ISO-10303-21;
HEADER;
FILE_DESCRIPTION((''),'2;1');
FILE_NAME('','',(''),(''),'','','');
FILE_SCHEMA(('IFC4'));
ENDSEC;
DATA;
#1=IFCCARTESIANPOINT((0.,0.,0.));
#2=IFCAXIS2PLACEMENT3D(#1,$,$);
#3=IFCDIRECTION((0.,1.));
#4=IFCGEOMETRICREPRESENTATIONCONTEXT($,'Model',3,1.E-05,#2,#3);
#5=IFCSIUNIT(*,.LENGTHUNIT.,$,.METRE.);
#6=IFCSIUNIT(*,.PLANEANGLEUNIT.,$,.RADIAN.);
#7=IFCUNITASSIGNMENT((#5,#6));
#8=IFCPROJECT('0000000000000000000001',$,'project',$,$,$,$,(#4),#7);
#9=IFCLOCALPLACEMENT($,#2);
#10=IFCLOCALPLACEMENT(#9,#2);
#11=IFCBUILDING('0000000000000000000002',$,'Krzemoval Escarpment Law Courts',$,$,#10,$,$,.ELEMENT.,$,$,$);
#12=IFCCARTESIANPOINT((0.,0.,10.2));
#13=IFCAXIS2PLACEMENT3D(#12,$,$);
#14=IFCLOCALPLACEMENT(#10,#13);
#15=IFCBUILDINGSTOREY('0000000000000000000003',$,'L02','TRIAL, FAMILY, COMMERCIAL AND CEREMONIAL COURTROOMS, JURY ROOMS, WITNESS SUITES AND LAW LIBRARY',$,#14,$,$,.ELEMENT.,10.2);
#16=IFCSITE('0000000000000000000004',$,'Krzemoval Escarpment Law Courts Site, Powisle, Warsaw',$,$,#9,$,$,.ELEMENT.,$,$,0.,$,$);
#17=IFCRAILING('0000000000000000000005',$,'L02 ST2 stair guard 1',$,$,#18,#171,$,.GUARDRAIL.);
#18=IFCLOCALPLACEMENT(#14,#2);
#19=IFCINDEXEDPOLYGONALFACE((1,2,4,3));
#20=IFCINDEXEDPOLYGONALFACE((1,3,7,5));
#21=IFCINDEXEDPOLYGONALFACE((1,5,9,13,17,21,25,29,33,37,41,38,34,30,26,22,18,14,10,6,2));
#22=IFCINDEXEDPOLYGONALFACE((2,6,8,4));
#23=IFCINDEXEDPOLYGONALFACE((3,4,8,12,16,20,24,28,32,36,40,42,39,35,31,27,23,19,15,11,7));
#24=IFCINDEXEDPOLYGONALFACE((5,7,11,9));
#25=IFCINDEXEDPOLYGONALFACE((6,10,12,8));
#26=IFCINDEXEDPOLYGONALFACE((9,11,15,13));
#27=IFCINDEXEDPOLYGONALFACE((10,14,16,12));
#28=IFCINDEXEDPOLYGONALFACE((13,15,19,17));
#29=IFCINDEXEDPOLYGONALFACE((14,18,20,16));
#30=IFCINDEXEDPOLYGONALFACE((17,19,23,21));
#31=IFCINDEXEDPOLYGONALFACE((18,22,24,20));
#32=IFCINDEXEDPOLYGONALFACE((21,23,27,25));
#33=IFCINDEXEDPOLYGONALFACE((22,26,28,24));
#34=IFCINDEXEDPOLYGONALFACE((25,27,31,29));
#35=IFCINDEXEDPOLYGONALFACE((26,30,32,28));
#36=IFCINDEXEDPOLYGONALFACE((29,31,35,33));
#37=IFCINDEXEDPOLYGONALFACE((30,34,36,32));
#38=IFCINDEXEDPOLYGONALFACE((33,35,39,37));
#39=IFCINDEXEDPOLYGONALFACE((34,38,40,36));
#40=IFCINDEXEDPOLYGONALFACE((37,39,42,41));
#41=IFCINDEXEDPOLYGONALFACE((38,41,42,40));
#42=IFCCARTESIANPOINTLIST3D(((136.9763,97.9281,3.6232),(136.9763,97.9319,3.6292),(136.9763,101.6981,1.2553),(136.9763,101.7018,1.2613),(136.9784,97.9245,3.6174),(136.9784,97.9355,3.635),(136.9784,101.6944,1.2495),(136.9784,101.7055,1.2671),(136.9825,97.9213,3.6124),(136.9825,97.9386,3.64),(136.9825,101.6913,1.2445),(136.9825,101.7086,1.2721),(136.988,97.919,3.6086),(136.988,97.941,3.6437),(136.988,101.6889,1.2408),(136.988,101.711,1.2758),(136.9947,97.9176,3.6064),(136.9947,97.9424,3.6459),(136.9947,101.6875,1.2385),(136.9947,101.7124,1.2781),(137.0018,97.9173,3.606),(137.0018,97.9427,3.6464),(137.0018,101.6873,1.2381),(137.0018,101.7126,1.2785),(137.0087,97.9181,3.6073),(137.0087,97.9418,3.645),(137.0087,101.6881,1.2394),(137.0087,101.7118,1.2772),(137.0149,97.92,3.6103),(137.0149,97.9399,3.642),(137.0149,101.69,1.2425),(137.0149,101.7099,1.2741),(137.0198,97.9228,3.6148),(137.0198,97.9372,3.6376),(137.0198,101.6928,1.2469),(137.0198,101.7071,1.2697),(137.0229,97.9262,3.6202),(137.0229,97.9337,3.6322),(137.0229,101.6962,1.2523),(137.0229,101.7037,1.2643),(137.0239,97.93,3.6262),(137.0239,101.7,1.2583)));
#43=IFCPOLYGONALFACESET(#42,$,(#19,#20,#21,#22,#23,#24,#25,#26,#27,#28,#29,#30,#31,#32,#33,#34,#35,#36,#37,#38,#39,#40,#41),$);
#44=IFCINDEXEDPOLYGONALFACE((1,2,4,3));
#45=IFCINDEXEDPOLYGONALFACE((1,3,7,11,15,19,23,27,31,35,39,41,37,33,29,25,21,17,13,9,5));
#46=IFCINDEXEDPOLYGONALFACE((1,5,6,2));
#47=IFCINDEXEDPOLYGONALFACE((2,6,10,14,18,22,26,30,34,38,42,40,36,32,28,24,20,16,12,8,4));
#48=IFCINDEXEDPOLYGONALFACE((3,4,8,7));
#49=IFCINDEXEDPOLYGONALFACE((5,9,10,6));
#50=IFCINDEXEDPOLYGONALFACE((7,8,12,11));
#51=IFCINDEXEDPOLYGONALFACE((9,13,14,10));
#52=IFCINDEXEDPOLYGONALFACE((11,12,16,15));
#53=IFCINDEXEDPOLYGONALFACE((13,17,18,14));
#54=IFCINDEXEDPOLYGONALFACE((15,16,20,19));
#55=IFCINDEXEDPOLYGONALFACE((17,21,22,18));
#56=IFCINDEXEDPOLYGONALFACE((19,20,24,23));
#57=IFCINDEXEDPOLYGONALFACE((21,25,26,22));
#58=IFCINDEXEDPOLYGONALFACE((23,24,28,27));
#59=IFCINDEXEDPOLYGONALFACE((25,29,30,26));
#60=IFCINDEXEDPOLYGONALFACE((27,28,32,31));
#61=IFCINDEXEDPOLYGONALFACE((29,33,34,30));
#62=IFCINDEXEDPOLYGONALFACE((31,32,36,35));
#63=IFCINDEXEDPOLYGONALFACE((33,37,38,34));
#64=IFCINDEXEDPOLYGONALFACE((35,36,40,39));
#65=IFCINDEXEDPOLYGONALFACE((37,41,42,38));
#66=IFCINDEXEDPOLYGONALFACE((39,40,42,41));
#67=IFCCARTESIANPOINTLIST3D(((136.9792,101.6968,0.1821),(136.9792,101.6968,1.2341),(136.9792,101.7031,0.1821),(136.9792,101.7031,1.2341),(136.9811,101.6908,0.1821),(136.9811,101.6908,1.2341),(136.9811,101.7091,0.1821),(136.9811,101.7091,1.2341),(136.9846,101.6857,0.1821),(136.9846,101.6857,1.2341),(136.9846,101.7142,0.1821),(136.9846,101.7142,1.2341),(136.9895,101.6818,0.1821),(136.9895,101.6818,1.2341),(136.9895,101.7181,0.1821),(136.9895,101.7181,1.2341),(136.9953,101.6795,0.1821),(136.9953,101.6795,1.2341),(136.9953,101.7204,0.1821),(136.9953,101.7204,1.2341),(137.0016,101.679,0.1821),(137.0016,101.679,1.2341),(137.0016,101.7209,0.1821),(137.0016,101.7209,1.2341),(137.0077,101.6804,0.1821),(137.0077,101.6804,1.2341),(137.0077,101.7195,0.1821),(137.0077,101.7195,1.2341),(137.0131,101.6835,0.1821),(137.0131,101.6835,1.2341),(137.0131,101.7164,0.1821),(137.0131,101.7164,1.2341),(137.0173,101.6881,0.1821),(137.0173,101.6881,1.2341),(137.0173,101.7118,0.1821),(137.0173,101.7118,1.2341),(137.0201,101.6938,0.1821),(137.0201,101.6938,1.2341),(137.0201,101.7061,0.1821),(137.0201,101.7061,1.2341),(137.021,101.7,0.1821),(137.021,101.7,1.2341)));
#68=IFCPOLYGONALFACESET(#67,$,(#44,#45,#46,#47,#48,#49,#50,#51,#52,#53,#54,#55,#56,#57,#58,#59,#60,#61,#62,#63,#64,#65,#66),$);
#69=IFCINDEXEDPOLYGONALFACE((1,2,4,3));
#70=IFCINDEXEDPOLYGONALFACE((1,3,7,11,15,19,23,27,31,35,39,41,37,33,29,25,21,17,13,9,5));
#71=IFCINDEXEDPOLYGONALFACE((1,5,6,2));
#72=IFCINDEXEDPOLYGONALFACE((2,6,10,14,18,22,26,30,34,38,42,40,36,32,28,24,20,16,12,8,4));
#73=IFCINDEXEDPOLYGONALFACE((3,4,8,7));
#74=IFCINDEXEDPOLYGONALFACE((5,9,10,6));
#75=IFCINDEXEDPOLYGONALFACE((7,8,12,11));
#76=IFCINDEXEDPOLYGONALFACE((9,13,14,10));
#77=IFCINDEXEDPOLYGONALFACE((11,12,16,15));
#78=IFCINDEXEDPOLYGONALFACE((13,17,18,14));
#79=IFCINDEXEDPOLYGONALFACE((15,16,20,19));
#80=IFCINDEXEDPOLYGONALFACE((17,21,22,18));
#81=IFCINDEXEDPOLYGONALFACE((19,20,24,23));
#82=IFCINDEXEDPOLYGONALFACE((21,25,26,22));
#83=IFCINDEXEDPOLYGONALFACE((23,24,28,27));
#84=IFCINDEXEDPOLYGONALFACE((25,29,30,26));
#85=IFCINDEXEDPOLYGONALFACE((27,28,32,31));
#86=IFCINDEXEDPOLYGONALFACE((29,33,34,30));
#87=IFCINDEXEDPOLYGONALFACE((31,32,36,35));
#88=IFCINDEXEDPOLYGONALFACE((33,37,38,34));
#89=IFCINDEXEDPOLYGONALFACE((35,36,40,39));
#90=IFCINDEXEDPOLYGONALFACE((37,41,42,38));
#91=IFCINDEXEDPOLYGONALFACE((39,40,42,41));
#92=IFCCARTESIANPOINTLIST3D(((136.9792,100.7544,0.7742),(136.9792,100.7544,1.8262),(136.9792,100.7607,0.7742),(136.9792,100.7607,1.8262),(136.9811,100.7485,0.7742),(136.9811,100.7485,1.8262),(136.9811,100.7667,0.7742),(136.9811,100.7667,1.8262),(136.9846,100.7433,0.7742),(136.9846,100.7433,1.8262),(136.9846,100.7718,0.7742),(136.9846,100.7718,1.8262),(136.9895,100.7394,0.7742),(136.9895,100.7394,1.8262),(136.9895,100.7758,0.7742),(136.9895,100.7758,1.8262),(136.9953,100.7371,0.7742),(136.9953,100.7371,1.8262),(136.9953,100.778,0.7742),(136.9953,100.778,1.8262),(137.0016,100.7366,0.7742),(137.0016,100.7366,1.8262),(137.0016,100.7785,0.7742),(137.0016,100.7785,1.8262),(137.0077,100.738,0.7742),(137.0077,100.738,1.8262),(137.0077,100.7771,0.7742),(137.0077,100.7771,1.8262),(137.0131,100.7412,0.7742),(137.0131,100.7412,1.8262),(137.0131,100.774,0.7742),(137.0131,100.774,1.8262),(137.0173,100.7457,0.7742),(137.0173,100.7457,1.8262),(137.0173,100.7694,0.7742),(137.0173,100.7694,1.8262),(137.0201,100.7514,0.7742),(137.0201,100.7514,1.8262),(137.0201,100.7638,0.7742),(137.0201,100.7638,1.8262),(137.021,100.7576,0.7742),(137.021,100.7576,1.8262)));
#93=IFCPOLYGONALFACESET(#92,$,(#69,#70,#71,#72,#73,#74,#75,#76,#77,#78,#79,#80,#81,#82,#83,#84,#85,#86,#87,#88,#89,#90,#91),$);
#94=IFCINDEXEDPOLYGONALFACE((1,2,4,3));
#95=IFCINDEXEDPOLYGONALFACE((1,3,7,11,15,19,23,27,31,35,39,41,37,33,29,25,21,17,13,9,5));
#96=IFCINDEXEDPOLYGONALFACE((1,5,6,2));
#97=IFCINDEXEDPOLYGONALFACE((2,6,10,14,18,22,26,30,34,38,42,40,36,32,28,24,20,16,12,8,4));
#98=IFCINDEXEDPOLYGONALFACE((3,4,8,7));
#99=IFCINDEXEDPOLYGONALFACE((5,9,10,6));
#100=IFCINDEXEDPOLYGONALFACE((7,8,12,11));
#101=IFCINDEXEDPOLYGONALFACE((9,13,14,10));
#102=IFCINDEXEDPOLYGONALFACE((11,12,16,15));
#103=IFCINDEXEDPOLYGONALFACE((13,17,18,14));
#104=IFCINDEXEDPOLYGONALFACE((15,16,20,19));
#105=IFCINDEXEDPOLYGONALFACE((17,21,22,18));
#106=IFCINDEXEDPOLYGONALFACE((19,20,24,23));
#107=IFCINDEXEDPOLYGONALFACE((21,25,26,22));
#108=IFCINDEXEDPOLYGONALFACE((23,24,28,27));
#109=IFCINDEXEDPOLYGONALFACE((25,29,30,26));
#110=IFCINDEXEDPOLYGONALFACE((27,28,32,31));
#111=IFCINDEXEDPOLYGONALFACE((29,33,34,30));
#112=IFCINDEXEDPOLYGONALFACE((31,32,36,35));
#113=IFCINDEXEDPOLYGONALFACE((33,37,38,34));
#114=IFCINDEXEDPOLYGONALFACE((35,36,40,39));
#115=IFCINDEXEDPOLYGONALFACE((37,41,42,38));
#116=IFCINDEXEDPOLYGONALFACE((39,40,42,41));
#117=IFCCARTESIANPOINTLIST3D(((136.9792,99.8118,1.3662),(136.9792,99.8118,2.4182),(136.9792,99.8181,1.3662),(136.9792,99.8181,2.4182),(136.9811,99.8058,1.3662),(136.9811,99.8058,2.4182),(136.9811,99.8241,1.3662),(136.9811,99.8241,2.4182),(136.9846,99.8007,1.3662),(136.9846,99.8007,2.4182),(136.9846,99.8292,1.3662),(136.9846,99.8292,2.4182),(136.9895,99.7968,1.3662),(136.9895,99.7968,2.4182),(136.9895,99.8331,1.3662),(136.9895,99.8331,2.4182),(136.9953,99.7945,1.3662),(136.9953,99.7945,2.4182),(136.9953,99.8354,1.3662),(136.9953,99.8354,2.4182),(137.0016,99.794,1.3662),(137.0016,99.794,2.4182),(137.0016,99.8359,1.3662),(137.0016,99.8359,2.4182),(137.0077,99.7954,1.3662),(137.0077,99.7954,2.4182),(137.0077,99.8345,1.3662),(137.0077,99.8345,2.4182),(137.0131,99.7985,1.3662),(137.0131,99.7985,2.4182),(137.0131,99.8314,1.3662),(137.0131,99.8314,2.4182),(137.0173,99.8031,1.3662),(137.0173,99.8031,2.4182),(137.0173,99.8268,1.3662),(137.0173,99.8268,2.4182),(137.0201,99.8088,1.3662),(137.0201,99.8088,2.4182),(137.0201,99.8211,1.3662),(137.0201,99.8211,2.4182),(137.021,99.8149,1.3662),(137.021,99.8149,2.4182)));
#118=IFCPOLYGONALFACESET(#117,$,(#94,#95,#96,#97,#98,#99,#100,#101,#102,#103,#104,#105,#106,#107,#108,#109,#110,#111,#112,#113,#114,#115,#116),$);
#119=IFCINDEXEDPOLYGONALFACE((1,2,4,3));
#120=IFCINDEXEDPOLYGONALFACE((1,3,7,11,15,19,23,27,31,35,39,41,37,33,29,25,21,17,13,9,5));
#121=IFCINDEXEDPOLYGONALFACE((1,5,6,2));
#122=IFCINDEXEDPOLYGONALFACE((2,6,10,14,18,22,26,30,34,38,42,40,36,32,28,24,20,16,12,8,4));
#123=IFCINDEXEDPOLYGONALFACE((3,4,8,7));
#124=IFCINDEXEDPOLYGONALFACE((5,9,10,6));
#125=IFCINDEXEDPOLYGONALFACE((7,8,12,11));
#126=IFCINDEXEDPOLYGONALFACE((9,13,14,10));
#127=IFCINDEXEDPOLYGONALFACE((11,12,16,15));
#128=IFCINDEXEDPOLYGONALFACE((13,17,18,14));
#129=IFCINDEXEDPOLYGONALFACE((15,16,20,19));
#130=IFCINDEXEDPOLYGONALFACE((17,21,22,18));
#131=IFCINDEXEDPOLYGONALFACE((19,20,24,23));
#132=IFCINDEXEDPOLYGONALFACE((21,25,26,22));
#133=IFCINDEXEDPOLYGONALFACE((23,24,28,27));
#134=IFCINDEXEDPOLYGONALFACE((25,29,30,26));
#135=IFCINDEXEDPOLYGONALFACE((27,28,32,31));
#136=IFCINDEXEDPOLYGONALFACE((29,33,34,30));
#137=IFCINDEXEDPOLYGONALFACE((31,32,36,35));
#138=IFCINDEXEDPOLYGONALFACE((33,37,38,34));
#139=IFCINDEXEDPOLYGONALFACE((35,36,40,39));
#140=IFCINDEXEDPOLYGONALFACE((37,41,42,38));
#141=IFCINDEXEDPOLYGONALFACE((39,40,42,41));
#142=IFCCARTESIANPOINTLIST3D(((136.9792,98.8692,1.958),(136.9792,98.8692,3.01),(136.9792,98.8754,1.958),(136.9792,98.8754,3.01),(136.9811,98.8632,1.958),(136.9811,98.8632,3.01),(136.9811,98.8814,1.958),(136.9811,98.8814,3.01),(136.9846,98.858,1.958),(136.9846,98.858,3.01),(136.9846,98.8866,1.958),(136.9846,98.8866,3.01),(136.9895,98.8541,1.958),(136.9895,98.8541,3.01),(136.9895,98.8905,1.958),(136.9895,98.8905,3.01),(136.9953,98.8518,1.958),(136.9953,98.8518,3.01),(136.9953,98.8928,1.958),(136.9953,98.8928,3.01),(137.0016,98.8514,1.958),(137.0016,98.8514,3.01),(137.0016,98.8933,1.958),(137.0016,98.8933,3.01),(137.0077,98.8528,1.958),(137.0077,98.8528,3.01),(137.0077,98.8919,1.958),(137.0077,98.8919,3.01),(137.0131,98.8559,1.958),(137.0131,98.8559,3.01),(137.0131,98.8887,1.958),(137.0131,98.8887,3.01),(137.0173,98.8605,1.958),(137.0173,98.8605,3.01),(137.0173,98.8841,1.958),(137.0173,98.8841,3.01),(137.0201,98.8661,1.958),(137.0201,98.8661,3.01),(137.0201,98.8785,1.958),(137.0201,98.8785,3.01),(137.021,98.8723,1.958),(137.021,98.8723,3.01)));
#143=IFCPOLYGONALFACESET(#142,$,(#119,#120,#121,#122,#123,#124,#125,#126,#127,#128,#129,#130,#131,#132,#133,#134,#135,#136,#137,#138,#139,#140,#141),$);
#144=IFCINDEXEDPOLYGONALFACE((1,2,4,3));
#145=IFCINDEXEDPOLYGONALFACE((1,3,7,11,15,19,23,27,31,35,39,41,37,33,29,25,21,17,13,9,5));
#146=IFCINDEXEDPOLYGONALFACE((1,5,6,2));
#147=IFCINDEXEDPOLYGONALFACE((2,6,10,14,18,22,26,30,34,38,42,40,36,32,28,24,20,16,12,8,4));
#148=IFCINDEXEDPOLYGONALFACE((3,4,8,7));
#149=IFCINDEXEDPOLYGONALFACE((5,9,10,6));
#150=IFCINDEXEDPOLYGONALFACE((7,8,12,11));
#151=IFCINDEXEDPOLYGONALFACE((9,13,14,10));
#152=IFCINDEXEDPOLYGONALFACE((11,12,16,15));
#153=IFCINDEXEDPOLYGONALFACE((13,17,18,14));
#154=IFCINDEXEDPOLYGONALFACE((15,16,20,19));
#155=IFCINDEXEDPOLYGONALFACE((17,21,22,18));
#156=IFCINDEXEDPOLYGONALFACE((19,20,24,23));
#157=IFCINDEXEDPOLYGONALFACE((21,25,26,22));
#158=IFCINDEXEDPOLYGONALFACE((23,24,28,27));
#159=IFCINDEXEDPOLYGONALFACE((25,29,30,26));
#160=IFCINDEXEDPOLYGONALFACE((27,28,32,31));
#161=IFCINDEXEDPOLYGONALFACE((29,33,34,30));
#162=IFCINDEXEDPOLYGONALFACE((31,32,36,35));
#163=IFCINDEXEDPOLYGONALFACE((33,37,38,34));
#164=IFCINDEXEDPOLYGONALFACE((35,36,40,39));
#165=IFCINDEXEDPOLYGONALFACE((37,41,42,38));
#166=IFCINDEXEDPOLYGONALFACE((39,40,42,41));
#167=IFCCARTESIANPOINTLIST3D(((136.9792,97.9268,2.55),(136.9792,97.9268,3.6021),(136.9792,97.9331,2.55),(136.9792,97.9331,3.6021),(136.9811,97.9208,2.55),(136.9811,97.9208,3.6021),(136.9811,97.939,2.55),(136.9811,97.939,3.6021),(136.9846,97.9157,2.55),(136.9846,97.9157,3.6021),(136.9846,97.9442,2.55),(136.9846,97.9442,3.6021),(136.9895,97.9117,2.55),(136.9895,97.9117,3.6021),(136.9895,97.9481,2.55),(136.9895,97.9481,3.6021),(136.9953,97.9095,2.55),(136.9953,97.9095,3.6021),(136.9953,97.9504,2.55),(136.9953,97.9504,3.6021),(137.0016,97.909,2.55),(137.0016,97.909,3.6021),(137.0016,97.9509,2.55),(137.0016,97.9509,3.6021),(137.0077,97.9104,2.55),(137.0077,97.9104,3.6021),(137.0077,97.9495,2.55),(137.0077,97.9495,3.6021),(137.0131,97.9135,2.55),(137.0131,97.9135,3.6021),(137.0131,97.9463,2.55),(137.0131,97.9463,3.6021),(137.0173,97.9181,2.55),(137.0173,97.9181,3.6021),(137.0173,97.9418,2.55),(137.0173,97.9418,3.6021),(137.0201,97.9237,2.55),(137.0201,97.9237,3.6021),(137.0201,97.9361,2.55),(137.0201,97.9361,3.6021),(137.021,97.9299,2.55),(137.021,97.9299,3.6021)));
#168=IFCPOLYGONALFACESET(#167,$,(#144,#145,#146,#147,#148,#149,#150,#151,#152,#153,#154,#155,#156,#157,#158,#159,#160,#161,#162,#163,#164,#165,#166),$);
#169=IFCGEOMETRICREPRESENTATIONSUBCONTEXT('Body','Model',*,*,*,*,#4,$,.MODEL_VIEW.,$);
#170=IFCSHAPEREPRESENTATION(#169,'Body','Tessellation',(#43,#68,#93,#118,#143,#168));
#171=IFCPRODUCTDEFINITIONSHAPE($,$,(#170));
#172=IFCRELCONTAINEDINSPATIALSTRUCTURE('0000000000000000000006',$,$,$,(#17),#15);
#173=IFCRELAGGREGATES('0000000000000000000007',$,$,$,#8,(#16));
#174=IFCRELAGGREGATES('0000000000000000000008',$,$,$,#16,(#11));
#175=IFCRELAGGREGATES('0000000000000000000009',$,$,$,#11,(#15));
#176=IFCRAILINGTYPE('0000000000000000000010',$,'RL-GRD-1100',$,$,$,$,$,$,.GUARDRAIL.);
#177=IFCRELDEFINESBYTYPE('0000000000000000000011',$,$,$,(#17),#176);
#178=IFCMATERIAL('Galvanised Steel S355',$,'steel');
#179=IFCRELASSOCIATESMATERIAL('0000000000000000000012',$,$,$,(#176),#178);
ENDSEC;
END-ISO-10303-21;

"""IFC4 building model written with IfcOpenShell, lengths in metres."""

from ifc_helpers import new_model, si_unit, direction, frame, origin, origin_2d, place, context, subcontext, project, spatial, circle, extrude, material, type_object, element, save


model = new_model("IFC4")

# Units and contexts
model_context = context("Model", 3, precision=1e-05, world=origin(), true_north=direction((0.0, 1.0)))
body_context = subcontext(model_context, "Body", "Model", "MODEL_VIEW")
ifc_project = project(units=[si_unit("LENGTHUNIT", "METRE"), si_unit("PLANEANGLEUNIT", "RADIAN")], contexts=[model_context])

# Site, building, storey
site_placement = place(None, origin())
site = spatial("IfcSite", under=ifc_project, at=site_placement, Name="Krzemoval Escarpment Law Courts Site, Powisle, Warsaw", CompositionType="ELEMENT", RefElevation=0.0)
building_placement = place(site_placement, origin())
building = spatial("IfcBuilding", under=site, at=building_placement, Name="Krzemoval Escarpment Law Courts", CompositionType="ELEMENT")
storey_placement = place(building_placement, frame((0.0, 0.0, 10.2)))
storey = spatial("IfcBuildingStorey", under=building, at=storey_placement, Name="L02", Description="TRIAL, FAMILY, COMMERCIAL AND CEREMONIAL COURTROOMS, JURY ROOMS, WITNESS SUITES AND LAW LIBRARY", CompositionType="ELEMENT", Elevation=10.2)

# Railing
ifc_material_1 = material(Name="Galvanised Steel S355", Category="steel")
railing_type_1 = type_object("IfcRailingType", Name="RL-GRD-1100", PredefinedType="GUARDRAIL", material=ifc_material_1)
railing_1_placement = place(storey_placement, frame((137.0, 101.7, 0.1821)))
element("IfcRailing", 1, at=railing_1_placement, inside=storey, type_object=railing_type_1, Name="L02 ST2 stair guard 1", PredefinedType="GUARDRAIL", context=body_context, shape_type="SweptSolid", body=[
    extrude(circle(Radius=0.0239, at=origin_2d()), frame((0.0, 0.0, 1.0762), z_axis=(0.0, -0.846819, 0.531881), x_axis=(1.0, 0.0, 0.0)), (0.0, 0.0, 1.0), 4.4519),
    extrude(circle(Radius=0.021, at=origin_2d()), origin(), (0.0, 0.0, 1.0), 1.052),
    extrude(circle(Radius=0.021, at=origin_2d()), frame((0.0, -0.9424, 0.592)), (0.0, 0.0, 1.0), 1.052),
    extrude(circle(Radius=0.021, at=origin_2d()), frame((0.0, -1.885, 1.1841)), (0.0, 0.0, 1.0), 1.052),
    extrude(circle(Radius=0.021, at=origin_2d()), frame((0.0, -2.8276, 1.7759)), (0.0, 0.0, 1.0), 1.052),
    extrude(circle(Radius=0.021, at=origin_2d()), frame((0.0, -3.77, 2.3679)), (0.0, 0.0, 1.0), 1.052),
])

save(model, "model.ifc")
